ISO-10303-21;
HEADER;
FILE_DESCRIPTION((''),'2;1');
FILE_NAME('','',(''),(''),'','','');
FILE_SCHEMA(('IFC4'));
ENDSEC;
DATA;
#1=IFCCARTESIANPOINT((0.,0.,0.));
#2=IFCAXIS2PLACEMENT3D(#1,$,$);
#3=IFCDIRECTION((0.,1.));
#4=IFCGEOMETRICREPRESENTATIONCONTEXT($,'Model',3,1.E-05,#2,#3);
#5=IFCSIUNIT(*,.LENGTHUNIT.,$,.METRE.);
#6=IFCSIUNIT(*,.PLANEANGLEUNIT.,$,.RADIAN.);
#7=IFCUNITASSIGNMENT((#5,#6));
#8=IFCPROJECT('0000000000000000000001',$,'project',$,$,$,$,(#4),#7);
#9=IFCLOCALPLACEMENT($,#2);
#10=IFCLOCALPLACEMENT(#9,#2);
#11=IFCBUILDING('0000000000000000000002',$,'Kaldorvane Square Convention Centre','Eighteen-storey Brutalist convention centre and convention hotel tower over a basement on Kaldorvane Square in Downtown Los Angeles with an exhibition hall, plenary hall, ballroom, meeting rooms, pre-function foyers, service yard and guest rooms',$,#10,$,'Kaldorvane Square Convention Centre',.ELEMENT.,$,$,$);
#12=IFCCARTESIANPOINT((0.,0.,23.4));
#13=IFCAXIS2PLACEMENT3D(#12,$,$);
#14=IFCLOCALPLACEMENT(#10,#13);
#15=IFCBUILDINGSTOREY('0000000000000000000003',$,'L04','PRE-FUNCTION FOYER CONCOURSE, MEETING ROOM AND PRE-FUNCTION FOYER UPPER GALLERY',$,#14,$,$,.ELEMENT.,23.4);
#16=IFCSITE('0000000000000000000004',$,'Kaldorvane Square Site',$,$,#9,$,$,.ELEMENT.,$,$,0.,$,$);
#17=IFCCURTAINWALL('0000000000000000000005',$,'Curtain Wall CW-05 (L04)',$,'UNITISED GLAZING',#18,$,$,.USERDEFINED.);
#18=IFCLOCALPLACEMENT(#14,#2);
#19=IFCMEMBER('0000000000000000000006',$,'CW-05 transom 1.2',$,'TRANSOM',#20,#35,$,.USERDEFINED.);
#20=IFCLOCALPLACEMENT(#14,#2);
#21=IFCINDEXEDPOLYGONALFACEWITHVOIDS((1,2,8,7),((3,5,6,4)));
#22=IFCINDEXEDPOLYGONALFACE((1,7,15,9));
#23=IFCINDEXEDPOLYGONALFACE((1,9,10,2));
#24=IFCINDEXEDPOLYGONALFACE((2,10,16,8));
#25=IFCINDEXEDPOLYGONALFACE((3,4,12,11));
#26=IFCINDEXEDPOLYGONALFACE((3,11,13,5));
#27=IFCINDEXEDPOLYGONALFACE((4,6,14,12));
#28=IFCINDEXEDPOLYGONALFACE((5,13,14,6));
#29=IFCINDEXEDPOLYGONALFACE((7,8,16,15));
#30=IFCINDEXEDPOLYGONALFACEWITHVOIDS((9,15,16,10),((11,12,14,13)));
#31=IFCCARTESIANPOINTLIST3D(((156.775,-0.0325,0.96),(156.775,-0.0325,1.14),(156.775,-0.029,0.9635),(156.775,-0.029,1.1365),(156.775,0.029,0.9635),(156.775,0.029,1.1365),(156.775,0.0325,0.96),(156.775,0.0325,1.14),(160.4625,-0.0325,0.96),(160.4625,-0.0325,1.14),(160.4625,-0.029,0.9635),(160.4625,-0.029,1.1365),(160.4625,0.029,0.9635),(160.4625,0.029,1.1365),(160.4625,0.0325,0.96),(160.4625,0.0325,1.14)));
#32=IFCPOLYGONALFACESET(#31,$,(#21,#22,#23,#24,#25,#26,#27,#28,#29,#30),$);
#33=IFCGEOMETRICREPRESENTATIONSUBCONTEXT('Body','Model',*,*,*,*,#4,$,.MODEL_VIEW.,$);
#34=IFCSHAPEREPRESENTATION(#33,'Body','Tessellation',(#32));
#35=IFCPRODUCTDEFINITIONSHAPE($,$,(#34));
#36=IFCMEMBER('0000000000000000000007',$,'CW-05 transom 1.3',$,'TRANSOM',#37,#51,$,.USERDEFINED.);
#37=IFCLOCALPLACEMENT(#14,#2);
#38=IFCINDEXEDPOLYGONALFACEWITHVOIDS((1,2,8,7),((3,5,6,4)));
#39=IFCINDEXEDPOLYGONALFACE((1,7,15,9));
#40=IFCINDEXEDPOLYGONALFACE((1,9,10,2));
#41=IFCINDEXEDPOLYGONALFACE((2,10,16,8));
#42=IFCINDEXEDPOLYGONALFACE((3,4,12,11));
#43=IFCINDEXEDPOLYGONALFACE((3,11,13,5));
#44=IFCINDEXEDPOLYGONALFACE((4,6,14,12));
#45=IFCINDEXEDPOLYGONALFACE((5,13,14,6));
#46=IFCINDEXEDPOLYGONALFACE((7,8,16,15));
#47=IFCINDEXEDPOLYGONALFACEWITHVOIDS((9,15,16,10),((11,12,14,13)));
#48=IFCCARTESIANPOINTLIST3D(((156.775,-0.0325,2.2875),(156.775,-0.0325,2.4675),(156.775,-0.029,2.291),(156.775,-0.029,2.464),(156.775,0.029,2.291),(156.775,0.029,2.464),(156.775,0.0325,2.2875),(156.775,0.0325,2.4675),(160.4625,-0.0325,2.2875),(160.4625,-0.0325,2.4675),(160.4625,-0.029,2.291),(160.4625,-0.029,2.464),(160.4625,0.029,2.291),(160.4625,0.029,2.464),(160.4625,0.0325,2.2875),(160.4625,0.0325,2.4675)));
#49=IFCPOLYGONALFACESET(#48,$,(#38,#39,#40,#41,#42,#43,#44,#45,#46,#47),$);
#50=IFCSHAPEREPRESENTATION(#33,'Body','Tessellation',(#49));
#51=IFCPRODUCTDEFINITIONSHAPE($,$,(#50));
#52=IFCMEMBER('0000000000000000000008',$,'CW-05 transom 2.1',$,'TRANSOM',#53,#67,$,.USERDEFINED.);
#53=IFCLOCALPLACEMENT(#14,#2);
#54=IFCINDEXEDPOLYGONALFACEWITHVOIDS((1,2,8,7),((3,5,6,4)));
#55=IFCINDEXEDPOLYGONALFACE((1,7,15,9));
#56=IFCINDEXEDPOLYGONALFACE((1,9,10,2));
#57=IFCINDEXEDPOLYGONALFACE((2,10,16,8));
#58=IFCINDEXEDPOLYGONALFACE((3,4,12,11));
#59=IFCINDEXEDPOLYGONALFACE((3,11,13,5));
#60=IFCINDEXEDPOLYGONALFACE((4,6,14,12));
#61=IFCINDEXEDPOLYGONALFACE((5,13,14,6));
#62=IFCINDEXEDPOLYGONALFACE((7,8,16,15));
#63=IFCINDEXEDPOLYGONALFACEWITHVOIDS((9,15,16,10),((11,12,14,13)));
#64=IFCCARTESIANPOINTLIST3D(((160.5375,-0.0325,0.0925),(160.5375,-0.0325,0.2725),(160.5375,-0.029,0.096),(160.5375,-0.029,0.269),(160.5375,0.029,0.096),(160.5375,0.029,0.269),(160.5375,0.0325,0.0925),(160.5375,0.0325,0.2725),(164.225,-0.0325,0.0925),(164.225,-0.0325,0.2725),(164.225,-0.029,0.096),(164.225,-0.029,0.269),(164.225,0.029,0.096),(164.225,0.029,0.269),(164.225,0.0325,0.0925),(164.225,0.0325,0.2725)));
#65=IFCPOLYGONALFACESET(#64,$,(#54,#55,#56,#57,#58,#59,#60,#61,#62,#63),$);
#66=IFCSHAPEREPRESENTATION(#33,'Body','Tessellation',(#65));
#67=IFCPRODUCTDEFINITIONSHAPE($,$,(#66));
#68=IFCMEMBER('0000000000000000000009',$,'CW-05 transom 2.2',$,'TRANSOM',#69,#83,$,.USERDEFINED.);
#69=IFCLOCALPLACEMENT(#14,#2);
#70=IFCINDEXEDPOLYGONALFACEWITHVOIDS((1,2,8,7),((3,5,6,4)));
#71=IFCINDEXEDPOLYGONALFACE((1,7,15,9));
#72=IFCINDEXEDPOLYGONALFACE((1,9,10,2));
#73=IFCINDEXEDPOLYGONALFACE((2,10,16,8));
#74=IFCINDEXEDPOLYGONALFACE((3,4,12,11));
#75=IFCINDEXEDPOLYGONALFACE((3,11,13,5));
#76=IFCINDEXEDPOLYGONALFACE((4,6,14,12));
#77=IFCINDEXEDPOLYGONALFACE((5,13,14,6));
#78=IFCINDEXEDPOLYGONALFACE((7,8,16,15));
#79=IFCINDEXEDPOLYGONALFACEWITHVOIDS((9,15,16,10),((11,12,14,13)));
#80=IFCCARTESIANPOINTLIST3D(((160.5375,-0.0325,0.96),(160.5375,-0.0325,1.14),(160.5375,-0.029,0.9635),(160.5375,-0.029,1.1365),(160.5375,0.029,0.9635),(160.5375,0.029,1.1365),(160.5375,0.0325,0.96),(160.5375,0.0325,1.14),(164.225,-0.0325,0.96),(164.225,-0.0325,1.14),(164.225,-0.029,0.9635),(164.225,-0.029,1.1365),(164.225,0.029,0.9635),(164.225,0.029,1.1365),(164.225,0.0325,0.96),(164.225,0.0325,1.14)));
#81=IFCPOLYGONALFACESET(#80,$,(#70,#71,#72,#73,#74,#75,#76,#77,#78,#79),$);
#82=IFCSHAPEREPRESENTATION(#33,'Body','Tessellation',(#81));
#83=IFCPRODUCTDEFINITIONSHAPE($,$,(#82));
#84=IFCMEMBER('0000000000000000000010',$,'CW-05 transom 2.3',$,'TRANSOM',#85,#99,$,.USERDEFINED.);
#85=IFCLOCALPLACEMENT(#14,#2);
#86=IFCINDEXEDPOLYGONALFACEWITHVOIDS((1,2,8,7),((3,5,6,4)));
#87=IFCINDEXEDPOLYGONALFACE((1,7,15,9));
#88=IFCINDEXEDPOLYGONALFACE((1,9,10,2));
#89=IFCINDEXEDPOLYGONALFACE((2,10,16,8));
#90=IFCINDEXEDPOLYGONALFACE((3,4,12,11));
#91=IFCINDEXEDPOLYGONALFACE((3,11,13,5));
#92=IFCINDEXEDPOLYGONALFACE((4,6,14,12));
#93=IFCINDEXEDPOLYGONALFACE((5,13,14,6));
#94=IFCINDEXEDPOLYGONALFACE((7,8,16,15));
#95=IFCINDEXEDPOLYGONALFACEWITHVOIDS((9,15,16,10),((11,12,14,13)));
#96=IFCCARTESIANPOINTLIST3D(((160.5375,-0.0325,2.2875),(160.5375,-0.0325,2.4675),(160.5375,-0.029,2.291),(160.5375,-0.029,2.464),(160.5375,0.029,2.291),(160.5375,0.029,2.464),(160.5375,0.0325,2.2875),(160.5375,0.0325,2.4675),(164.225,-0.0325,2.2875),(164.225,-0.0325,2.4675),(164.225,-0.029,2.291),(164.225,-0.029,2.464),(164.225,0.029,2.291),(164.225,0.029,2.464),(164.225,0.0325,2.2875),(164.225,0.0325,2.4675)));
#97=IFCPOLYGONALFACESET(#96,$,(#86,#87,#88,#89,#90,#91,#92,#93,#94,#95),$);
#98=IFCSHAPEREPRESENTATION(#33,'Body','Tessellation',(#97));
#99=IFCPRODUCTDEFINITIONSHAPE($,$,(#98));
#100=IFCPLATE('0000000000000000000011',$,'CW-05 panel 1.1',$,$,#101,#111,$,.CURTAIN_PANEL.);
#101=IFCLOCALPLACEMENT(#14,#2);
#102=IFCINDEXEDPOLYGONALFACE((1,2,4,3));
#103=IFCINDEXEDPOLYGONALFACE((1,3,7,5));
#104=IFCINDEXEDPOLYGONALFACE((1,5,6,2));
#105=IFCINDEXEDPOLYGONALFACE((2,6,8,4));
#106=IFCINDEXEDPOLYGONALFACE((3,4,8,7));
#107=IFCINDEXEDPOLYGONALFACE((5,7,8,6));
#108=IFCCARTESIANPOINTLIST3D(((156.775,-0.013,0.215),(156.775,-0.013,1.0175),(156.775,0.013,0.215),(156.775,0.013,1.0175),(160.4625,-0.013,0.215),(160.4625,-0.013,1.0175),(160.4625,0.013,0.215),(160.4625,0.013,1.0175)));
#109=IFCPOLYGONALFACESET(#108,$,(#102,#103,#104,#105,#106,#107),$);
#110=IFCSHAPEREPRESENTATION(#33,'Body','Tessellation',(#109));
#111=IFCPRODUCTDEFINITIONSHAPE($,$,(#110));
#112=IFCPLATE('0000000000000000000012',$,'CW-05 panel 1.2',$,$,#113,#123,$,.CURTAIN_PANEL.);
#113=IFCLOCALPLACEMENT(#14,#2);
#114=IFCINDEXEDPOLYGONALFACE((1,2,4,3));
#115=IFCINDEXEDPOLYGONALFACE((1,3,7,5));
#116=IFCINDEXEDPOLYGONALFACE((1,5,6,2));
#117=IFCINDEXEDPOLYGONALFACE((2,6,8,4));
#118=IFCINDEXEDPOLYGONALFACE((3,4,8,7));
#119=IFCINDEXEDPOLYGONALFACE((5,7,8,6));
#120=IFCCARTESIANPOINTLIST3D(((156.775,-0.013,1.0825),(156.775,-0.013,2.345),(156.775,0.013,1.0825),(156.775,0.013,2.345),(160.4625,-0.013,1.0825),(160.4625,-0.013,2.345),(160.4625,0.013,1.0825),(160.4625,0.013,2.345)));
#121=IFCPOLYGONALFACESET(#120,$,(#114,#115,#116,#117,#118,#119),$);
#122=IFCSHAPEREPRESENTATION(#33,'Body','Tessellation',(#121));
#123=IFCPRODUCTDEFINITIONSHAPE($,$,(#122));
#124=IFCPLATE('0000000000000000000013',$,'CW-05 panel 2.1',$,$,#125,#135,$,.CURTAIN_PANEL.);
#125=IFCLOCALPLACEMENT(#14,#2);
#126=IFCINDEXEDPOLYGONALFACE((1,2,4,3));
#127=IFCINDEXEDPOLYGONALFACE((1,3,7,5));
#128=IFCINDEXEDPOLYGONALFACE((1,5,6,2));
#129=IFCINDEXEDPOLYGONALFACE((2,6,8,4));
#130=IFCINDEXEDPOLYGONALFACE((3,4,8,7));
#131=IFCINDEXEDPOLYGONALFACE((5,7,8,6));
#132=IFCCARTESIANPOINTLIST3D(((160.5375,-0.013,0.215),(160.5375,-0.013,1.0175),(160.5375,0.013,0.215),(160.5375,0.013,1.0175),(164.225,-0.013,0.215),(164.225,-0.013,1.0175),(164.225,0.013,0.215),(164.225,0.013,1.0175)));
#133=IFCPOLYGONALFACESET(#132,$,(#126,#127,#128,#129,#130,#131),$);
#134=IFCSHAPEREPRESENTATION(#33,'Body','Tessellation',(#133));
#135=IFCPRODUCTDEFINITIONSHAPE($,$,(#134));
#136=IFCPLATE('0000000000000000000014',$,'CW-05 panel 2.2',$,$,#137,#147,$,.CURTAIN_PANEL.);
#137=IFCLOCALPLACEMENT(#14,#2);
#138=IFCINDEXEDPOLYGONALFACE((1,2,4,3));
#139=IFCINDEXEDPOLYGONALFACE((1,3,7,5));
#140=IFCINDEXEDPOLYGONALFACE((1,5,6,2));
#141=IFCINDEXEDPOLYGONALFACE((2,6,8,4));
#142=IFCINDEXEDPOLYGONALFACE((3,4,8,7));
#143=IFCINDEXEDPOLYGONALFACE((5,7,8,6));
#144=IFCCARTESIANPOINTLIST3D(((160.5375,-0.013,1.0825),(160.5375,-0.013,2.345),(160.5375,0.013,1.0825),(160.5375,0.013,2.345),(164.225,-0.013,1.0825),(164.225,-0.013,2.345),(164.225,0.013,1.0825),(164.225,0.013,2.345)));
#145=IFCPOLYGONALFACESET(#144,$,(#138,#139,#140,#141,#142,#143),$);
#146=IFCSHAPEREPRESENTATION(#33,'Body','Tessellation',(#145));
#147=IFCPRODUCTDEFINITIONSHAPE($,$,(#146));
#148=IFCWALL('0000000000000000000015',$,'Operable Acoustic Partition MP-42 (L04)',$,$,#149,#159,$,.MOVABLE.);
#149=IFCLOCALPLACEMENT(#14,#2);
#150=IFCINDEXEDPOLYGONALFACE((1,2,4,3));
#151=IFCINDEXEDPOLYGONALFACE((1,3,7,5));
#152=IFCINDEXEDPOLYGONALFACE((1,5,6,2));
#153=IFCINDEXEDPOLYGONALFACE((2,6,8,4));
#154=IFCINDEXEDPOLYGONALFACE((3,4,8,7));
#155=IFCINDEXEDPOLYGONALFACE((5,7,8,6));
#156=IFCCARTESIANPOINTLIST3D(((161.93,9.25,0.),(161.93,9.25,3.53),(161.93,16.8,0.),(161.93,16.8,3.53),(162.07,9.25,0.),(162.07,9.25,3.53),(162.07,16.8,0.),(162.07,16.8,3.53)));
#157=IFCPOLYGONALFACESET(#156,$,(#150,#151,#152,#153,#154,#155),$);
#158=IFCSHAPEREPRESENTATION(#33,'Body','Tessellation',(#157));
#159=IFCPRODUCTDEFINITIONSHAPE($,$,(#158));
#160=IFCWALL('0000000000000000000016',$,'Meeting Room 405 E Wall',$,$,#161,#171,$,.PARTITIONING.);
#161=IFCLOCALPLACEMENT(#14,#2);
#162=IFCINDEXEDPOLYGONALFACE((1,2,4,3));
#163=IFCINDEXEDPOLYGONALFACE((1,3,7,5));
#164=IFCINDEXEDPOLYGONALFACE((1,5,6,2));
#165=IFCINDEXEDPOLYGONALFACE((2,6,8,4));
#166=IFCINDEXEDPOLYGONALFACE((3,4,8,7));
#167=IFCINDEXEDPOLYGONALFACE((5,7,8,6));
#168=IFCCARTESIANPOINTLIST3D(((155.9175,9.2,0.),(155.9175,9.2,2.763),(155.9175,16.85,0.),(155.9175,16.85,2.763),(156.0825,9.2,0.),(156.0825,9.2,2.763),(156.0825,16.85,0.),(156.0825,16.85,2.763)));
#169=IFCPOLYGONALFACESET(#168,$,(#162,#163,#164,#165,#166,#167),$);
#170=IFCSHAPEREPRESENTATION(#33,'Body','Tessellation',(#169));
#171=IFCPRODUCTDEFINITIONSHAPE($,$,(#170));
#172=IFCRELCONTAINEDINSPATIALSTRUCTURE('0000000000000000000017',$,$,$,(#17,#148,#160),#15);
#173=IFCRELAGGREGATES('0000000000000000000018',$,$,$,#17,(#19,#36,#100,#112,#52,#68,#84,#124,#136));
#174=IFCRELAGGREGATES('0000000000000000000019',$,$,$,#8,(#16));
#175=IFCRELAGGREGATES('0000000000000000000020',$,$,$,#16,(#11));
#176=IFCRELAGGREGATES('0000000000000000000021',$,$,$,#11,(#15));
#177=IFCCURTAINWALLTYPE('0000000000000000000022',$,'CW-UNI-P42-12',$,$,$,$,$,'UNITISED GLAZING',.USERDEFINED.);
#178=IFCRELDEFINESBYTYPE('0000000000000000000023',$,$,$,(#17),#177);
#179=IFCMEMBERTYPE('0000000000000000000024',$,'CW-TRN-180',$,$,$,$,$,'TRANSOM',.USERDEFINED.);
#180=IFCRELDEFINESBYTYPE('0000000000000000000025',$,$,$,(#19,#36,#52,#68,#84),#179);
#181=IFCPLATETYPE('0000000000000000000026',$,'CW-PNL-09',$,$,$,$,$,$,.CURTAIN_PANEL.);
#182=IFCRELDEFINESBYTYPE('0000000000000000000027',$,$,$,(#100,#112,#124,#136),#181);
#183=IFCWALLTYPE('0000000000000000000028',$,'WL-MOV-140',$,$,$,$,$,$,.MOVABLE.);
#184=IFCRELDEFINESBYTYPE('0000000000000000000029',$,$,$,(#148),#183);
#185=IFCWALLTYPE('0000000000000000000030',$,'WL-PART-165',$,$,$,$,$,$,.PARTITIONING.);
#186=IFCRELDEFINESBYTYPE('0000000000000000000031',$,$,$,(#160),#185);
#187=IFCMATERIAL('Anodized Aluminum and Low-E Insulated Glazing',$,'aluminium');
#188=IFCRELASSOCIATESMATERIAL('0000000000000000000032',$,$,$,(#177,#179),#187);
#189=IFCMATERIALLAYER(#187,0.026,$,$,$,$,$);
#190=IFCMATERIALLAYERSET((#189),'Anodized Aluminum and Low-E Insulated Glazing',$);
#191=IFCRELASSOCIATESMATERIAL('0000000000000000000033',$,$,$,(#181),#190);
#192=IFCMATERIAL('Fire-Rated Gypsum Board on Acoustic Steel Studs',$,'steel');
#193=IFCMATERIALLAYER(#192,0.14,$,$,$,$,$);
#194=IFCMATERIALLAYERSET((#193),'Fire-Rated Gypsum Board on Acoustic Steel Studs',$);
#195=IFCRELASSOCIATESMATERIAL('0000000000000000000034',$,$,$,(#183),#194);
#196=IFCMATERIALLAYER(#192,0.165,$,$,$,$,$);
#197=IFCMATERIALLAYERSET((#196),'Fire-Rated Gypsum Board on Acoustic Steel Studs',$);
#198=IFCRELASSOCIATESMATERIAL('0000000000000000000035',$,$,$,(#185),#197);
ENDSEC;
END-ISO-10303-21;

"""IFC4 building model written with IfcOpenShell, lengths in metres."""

from ifc_helpers import new_model, si_unit, direction, frame, frame_2d, origin, origin_2d, place, context, subcontext, project, spatial, rectangle, hollow_rectangle, extrude, material, layer, layer_set, material_profile, profile_set, type_object, element, aggregate, save


model = new_model("IFC4")

# Units and contexts
model_context = context("Model", 3, precision=1e-05, world=origin(), true_north=direction((0.0, 1.0)))
body_context = subcontext(model_context, "Body", "Model", "MODEL_VIEW")
ifc_project = project(units=[si_unit("LENGTHUNIT", "METRE"), si_unit("PLANEANGLEUNIT", "RADIAN")], contexts=[model_context])

# Site, building, storey
site_placement = place(None, origin())
site = spatial("IfcSite", under=ifc_project, at=site_placement, Name="Kaldorvane Square Site", CompositionType="ELEMENT", RefElevation=0.0)
building_placement = place(site_placement, origin())
building = spatial("IfcBuilding", under=site, at=building_placement, Name="Kaldorvane Square Convention Centre", Description="Eighteen-storey Brutalist convention centre and convention hotel tower over a basement on Kaldorvane Square in Downtown Los Angeles with an exhibition hall, plenary hall, ballroom, meeting rooms, pre-function foyers, service yard and guest rooms", LongName="Kaldorvane Square Convention Centre", CompositionType="ELEMENT")
storey_placement = place(building_placement, frame((0.0, 0.0, 23.4)))
storey = spatial("IfcBuildingStorey", under=building, at=storey_placement, Name="L04", Description="PRE-FUNCTION FOYER CONCOURSE, MEETING ROOM AND PRE-FUNCTION FOYER UPPER GALLERY", CompositionType="ELEMENT", Elevation=23.4)

# Curtain wall, members, plates
ifc_material_1 = material(Name="Anodized Aluminum and Low-E Insulated Glazing", Category="aluminium")
curtain_wall_type = type_object("IfcCurtainWallType", Name="CW-UNI-P42-12", ElementType="UNITISED GLAZING", PredefinedType="USERDEFINED", material=ifc_material_1)
curtain_wall_placement = place(storey_placement, origin())
curtain_wall = element("IfcCurtainWall", 1, at=curtain_wall_placement, inside=storey, type_object=curtain_wall_type, Name="Curtain Wall CW-05 (L04)", ObjectType="UNITISED GLAZING", PredefinedType="USERDEFINED")
ifc_material_profile_1 = material_profile(ifc_material_1, hollow_rectangle(XDim=0.065, YDim=0.18, WallThickness=0.0035, at=origin_2d()), Name="CWT-180X65")
ifc_profile_set_1 = profile_set([ifc_material_profile_1], Name="Anodized Aluminum and Low-E Insulated Glazing")
member_type_1 = type_object("IfcMemberType", Name="CW-TRN-180", ElementType="TRANSOM", PredefinedType="USERDEFINED", material=ifc_profile_set_1)
member_1_placement = place(storey_placement, frame((156.775, 0.0, 1.05), z_axis=(1.0, 0.0, 0.0), x_axis=(0.0, 1.0, 0.0)))
member_1 = element("IfcMember", 2, at=member_1_placement, type_object=member_type_1, Name="CW-05 transom 1.2", ObjectType="TRANSOM", PredefinedType="USERDEFINED", context=body_context, shape_type="SweptSolid", body=[
    extrude(hollow_rectangle(XDim=0.065, YDim=0.18, WallThickness=0.0035, at=origin_2d()), origin(), (0.0, 0.0, 1.0), 3.6875),
])
member_2_placement = place(storey_placement, frame((156.775, 0.0, 2.3775), z_axis=(1.0, 0.0, 0.0), x_axis=(0.0, 1.0, 0.0)))
member_2 = element("IfcMember", 3, at=member_2_placement, type_object=member_type_1, Name="CW-05 transom 1.3", ObjectType="TRANSOM", PredefinedType="USERDEFINED", context=body_context, shape_type="SweptSolid", body=[
    extrude(hollow_rectangle(XDim=0.065, YDim=0.18, WallThickness=0.0035, at=origin_2d()), origin(), (0.0, 0.0, 1.0), 3.6875),
])
member_3_placement = place(storey_placement, frame((160.5375, 0.0, 0.1825), z_axis=(1.0, 0.0, 0.0), x_axis=(0.0, 1.0, 0.0)))
member_3 = element("IfcMember", 4, at=member_3_placement, type_object=member_type_1, Name="CW-05 transom 2.1", ObjectType="TRANSOM", PredefinedType="USERDEFINED", context=body_context, shape_type="SweptSolid", body=[
    extrude(hollow_rectangle(XDim=0.065, YDim=0.18, WallThickness=0.0035, at=origin_2d()), origin(), (0.0, 0.0, 1.0), 3.6875),
])
member_4_placement = place(storey_placement, frame((160.5375, 0.0, 1.05), z_axis=(1.0, 0.0, 0.0), x_axis=(0.0, 1.0, 0.0)))
member_4 = element("IfcMember", 5, at=member_4_placement, type_object=member_type_1, Name="CW-05 transom 2.2", ObjectType="TRANSOM", PredefinedType="USERDEFINED", context=body_context, shape_type="SweptSolid", body=[
    extrude(hollow_rectangle(XDim=0.065, YDim=0.18, WallThickness=0.0035, at=origin_2d()), origin(), (0.0, 0.0, 1.0), 3.6875),
])
member_5_placement = place(storey_placement, frame((160.5375, 0.0, 2.3775), z_axis=(1.0, 0.0, 0.0), x_axis=(0.0, 1.0, 0.0)))
member_5 = element("IfcMember", 6, at=member_5_placement, type_object=member_type_1, Name="CW-05 transom 2.3", ObjectType="TRANSOM", PredefinedType="USERDEFINED", context=body_context, shape_type="SweptSolid", body=[
    extrude(hollow_rectangle(XDim=0.065, YDim=0.18, WallThickness=0.0035, at=origin_2d()), origin(), (0.0, 0.0, 1.0), 3.6875),
])
ifc_layer_1 = layer(ifc_material_1, 0.026)
ifc_layer_set_1 = layer_set([ifc_layer_1], Name="Anodized Aluminum and Low-E Insulated Glazing")
plate_type = type_object("IfcPlateType", Name="CW-PNL-09", PredefinedType="CURTAIN_PANEL", material=ifc_layer_set_1)
plate_1_placement = place(storey_placement, frame((158.6187, 0.0, 0.215), z_axis=(0.0, 0.0, 1.0), x_axis=(1.0, 0.0, 0.0)))
plate_1 = element("IfcPlate", 7, at=plate_1_placement, type_object=plate_type, Name="CW-05 panel 1.1", PredefinedType="CURTAIN_PANEL", context=body_context, shape_type="SweptSolid", body=[
    extrude(rectangle(XDim=3.6875, YDim=0.026, at=origin_2d()), origin(), (0.0, 0.0, 1.0), 0.8025),
])
plate_2_placement = place(storey_placement, frame((158.6187, 0.0, 1.0825), z_axis=(0.0, 0.0, 1.0), x_axis=(1.0, 0.0, 0.0)))
plate_2 = element("IfcPlate", 8, at=plate_2_placement, type_object=plate_type, Name="CW-05 panel 1.2", PredefinedType="CURTAIN_PANEL", context=body_context, shape_type="SweptSolid", body=[
    extrude(rectangle(XDim=3.6875, YDim=0.026, at=origin_2d()), origin(), (0.0, 0.0, 1.0), 1.2625),
])
plate_3_placement = place(storey_placement, frame((162.3813, 0.0, 0.215), z_axis=(0.0, 0.0, 1.0), x_axis=(1.0, 0.0, 0.0)))
plate_3 = element("IfcPlate", 9, at=plate_3_placement, type_object=plate_type, Name="CW-05 panel 2.1", PredefinedType="CURTAIN_PANEL", context=body_context, shape_type="SweptSolid", body=[
    extrude(rectangle(XDim=3.6875, YDim=0.026, at=origin_2d()), origin(), (0.0, 0.0, 1.0), 0.8025),
])
plate_4_placement = place(storey_placement, frame((162.3813, 0.0, 1.0825), z_axis=(0.0, 0.0, 1.0), x_axis=(1.0, 0.0, 0.0)))
plate_4 = element("IfcPlate", 10, at=plate_4_placement, type_object=plate_type, Name="CW-05 panel 2.2", PredefinedType="CURTAIN_PANEL", context=body_context, shape_type="SweptSolid", body=[
    extrude(rectangle(XDim=3.6875, YDim=0.026, at=origin_2d()), origin(), (0.0, 0.0, 1.0), 1.2625),
])
aggregate(curtain_wall, [member_1, member_2, plate_1, plate_2, member_3, member_4, member_5, plate_3, plate_4])

# Walls
ifc_material_2 = material(Name="Fire-Rated Gypsum Board on Acoustic Steel Studs", Category="steel")
ifc_layer_2 = layer(ifc_material_2, 0.14)
ifc_layer_set_2 = layer_set([ifc_layer_2], Name="Fire-Rated Gypsum Board on Acoustic Steel Studs")
wall_type_1 = type_object("IfcWallType", Name="WL-MOV-140", PredefinedType="MOVABLE", material=ifc_layer_set_2)
wall_1_placement = place(storey_placement, frame((162.0, 9.25, 0.0), z_axis=(0.0, 0.0, 1.0), x_axis=(0.0, 1.0, 0.0)))
element("IfcWall", 11, at=wall_1_placement, inside=storey, type_object=wall_type_1, Name="Operable Acoustic Partition MP-42 (L04)", PredefinedType="MOVABLE", context=body_context, shape_type="SweptSolid", body=[
    extrude(rectangle(XDim=7.55, YDim=0.14, at=frame_2d((3.775, 0.0))), origin(), (0.0, 0.0, 1.0), 3.53),
])
ifc_layer_3 = layer(ifc_material_2, 0.165)
ifc_layer_set_3 = layer_set([ifc_layer_3], Name="Fire-Rated Gypsum Board on Acoustic Steel Studs")
wall_type_2 = type_object("IfcWallType", Name="WL-PART-165", PredefinedType="PARTITIONING", material=ifc_layer_set_3)
wall_2_placement = place(storey_placement, frame((156.0, 9.2, 0.0), z_axis=(0.0, 0.0, 1.0), x_axis=(0.0, 1.0, 0.0)))
element("IfcWall", 12, at=wall_2_placement, inside=storey, type_object=wall_type_2, Name="Meeting Room 405 E Wall", PredefinedType="PARTITIONING", context=body_context, shape_type="SweptSolid", body=[
    extrude(rectangle(XDim=7.65, YDim=0.165, at=frame_2d((3.825, 0.0))), origin(), (0.0, 0.0, 1.0), 2.763),
])

save(model, "model.ifc")
